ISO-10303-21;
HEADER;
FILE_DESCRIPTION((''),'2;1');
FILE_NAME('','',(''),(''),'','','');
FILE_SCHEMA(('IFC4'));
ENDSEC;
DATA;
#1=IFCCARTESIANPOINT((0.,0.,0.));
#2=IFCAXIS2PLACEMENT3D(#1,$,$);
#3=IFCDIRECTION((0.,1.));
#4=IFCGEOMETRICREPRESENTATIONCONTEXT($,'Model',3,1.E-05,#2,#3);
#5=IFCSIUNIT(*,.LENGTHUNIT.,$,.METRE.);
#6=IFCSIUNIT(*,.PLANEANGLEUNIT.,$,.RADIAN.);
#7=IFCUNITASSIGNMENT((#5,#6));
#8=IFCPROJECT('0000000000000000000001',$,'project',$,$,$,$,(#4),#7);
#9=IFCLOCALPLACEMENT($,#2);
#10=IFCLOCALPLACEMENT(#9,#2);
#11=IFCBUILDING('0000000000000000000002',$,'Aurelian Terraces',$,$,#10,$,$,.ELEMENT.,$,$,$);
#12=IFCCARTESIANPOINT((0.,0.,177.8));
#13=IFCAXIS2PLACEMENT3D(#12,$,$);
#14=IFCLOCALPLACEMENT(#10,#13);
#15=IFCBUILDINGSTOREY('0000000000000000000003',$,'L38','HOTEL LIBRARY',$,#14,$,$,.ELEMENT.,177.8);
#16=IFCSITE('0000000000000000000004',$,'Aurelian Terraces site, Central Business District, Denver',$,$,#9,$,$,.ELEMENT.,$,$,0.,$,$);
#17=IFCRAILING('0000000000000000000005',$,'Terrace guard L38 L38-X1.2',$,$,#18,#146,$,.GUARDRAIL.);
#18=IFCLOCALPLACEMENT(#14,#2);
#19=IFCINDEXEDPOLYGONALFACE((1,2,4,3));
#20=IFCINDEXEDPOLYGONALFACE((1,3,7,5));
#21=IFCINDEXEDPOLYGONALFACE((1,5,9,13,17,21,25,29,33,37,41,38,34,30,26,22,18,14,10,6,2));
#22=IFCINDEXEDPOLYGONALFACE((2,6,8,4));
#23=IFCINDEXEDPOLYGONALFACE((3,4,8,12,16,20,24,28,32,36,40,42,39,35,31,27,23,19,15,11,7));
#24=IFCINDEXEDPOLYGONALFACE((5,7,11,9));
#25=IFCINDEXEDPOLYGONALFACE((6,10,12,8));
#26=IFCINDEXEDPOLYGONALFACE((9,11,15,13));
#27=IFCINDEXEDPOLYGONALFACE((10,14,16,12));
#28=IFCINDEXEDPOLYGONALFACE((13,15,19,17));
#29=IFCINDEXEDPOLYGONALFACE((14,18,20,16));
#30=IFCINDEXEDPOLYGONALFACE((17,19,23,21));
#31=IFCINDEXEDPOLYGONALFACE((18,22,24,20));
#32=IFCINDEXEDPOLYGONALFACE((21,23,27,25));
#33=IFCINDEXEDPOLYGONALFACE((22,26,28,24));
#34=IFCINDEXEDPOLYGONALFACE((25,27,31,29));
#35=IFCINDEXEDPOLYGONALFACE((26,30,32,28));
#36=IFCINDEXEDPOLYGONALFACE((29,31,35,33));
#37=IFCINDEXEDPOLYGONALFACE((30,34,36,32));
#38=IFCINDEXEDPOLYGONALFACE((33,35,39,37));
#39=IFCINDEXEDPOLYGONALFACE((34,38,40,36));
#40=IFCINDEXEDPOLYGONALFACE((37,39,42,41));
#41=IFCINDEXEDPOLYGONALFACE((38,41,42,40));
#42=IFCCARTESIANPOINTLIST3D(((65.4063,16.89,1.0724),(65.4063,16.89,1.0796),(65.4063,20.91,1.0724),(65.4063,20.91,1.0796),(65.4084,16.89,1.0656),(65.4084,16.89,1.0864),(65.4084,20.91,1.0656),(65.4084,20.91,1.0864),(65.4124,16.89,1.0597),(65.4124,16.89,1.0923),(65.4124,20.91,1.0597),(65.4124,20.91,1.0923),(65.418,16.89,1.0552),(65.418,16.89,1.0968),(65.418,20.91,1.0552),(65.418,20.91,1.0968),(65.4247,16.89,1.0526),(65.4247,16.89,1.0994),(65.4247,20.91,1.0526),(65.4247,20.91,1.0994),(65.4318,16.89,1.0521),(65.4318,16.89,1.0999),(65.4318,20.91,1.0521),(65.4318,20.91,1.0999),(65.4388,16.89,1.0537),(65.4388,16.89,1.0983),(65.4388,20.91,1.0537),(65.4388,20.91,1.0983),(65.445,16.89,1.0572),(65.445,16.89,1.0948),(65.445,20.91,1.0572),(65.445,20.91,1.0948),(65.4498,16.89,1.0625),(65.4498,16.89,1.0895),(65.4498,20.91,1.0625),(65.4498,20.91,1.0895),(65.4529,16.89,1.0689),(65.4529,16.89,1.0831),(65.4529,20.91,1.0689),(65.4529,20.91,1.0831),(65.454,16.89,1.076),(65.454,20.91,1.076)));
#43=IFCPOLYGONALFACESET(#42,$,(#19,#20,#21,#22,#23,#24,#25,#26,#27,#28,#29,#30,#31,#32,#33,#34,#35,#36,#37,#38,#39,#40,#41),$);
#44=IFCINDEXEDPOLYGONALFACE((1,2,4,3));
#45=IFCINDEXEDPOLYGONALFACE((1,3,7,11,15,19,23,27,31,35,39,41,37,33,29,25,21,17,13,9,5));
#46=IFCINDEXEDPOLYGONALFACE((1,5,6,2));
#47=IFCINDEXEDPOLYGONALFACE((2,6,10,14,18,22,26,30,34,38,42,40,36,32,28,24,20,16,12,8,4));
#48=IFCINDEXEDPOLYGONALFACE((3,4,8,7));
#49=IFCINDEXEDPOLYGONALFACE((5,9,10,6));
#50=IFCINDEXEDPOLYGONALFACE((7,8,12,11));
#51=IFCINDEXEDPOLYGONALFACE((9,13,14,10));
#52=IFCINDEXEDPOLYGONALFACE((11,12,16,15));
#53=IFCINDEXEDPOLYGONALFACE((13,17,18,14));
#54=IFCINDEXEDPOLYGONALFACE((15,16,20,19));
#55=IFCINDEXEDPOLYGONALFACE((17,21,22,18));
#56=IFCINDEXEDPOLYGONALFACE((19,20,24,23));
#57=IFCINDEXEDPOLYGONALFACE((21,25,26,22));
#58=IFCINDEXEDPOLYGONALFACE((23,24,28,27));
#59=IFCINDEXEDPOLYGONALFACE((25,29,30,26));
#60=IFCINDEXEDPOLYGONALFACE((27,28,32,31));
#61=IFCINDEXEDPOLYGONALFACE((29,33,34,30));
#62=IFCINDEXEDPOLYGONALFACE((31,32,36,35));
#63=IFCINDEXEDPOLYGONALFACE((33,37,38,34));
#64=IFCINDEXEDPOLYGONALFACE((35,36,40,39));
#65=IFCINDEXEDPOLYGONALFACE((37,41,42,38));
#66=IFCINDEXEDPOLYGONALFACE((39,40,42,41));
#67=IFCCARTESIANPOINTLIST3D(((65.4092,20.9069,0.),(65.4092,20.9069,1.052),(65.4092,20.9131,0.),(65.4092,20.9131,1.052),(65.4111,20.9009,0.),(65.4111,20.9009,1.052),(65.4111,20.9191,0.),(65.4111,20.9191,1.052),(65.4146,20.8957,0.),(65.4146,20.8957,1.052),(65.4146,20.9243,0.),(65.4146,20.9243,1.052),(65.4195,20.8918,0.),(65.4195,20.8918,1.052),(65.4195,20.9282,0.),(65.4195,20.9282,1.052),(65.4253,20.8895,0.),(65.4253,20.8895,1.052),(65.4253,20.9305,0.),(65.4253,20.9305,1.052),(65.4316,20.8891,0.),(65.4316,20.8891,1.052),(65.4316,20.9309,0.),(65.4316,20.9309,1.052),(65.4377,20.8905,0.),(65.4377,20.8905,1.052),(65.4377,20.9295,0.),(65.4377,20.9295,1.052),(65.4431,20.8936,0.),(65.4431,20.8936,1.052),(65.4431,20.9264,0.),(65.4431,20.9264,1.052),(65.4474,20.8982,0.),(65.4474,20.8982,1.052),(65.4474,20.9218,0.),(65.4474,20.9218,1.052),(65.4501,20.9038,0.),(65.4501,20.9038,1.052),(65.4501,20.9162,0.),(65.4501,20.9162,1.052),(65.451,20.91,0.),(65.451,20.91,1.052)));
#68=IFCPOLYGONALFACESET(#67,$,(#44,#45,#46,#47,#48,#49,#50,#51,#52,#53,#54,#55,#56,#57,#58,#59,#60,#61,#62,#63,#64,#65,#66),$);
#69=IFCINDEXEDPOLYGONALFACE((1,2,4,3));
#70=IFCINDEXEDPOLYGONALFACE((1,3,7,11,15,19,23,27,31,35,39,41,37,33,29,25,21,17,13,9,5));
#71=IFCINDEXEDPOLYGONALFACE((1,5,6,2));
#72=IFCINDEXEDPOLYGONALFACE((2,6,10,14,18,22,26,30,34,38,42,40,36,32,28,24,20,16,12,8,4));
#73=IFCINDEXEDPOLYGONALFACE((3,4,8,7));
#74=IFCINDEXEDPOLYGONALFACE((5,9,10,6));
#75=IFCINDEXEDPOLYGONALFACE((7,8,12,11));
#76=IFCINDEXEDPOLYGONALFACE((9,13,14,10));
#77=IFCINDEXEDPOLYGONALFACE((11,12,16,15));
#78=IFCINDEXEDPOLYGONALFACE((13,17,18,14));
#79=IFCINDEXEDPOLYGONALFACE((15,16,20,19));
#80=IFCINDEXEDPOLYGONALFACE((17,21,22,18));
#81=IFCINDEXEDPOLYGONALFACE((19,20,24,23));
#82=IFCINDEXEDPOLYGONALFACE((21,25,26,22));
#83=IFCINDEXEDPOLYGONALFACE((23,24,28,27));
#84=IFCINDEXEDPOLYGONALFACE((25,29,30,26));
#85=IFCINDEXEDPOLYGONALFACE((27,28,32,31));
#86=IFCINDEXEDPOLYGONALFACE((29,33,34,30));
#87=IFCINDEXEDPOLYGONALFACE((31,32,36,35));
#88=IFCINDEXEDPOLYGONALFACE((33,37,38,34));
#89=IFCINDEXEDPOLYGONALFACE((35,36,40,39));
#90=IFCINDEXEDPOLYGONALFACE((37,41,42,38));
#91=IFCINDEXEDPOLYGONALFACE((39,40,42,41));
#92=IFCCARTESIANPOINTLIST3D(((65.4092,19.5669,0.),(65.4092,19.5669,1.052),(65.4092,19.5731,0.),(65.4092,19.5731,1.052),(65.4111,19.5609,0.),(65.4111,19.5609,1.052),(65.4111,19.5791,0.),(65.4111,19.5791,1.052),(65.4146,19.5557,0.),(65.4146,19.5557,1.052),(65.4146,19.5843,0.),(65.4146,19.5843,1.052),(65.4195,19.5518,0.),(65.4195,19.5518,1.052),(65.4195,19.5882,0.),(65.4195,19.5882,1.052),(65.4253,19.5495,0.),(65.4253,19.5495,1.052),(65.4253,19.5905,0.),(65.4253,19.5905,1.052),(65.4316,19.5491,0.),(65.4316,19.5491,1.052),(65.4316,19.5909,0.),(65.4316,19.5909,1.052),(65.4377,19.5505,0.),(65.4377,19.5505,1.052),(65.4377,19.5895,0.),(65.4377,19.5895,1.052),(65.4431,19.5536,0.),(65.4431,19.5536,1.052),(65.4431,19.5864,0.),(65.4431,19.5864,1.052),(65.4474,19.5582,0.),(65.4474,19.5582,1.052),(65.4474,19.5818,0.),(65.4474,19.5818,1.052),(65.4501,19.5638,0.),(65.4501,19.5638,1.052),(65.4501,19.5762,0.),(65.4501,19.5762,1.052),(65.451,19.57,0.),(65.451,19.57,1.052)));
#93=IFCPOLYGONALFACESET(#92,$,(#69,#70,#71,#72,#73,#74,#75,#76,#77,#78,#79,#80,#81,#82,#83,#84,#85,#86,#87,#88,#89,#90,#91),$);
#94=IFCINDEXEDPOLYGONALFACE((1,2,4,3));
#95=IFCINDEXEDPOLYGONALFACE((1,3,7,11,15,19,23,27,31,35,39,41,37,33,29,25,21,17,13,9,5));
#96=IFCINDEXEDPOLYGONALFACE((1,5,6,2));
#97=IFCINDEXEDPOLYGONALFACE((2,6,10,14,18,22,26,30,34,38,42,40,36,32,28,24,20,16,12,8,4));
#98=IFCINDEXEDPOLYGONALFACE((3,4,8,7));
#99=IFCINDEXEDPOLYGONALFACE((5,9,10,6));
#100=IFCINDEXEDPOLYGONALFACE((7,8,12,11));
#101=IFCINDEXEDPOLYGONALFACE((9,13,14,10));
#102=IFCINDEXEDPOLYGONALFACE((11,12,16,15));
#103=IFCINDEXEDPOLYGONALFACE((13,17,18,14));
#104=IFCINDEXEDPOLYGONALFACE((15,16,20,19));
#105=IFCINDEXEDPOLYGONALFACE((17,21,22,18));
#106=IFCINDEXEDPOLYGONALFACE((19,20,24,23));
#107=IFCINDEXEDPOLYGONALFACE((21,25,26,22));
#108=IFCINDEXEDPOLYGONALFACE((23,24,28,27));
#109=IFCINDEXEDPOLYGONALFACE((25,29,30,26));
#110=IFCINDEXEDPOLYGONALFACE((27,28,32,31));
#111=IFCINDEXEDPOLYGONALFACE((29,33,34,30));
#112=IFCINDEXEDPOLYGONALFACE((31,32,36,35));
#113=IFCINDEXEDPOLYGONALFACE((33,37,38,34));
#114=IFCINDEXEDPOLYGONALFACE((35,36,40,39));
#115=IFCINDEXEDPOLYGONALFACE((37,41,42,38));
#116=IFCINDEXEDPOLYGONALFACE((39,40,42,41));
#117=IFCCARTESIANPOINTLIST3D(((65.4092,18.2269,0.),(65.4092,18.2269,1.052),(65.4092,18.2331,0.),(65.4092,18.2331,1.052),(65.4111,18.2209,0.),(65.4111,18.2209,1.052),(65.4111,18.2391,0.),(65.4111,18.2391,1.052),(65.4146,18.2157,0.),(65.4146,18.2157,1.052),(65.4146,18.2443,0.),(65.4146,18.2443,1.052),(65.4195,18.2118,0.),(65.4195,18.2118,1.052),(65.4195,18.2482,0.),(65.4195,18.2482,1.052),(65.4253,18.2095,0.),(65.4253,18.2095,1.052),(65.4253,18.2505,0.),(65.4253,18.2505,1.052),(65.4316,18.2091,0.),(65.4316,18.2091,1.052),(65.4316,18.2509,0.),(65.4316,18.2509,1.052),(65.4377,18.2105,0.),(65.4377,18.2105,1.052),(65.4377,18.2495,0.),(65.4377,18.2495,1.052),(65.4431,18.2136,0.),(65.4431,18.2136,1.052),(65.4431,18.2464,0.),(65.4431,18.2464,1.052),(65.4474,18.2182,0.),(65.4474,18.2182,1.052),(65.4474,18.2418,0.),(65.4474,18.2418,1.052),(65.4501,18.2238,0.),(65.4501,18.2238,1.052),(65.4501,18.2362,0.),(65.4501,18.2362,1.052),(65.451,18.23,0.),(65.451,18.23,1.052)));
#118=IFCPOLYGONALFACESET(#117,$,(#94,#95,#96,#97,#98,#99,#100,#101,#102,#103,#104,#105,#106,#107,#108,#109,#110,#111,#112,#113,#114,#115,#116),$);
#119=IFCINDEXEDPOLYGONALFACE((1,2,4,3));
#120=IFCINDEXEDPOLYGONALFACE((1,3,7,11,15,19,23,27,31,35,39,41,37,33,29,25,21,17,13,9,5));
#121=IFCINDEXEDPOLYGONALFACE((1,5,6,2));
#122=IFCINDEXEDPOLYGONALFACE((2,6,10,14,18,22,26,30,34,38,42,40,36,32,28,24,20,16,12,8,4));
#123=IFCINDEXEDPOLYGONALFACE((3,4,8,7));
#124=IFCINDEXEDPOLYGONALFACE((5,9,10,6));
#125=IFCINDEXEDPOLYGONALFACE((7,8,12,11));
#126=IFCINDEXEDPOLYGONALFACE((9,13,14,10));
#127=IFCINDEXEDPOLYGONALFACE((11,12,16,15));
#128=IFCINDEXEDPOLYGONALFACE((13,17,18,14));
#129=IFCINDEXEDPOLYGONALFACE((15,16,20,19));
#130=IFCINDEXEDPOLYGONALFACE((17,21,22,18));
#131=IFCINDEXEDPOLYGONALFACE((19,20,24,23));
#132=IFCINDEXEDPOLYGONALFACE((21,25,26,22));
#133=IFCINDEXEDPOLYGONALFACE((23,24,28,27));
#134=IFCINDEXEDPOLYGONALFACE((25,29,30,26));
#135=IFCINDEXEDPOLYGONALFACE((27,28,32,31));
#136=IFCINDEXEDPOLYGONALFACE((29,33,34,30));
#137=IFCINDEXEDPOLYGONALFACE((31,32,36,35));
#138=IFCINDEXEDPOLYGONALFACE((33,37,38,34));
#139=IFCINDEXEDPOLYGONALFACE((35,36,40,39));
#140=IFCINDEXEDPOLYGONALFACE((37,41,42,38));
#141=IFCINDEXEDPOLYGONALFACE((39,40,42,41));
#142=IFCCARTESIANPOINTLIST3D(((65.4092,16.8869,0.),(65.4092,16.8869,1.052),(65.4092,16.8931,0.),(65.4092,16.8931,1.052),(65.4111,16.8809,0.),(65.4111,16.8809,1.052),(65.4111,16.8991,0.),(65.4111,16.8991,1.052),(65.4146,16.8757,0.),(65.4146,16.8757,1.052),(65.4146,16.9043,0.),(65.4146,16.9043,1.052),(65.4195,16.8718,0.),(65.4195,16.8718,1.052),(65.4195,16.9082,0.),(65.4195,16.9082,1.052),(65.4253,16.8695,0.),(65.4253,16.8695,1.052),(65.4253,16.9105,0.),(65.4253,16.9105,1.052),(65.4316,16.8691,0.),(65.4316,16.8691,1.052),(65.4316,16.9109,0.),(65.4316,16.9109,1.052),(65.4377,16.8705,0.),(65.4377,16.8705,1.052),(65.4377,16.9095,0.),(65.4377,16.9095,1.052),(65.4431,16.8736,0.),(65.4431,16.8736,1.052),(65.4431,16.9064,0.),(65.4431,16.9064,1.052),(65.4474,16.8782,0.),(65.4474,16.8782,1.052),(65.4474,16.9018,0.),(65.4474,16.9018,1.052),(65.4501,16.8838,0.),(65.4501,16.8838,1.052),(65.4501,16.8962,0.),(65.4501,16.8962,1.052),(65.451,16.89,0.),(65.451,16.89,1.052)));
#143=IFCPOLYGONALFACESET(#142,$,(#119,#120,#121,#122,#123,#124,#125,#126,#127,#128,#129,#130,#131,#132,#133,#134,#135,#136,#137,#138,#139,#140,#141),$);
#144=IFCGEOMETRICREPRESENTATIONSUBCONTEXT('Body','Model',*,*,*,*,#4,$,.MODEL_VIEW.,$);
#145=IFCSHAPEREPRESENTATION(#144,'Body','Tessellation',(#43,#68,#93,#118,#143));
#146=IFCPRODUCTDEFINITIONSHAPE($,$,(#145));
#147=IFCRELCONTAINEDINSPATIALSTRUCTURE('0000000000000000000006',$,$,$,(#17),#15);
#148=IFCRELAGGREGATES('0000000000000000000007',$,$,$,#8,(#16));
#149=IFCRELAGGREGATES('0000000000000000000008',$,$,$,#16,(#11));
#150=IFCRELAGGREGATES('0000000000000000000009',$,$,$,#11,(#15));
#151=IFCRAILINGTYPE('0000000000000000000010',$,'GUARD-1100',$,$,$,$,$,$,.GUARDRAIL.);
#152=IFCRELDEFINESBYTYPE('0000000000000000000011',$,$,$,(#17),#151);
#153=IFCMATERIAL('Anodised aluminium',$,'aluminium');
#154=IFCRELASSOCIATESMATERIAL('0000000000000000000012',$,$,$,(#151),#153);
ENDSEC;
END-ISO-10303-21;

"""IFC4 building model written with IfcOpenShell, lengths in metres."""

from ifc_helpers import new_model, si_unit, direction, frame, origin, origin_2d, place, context, subcontext, project, spatial, circle, extrude, material, type_object, element, save


model = new_model("IFC4")

# Units and contexts
model_context = context("Model", 3, precision=1e-05, world=origin(), true_north=direction((0.0, 1.0)))
body_context = subcontext(model_context, "Body", "Model", "MODEL_VIEW")
ifc_project = project(units=[si_unit("LENGTHUNIT", "METRE"), si_unit("PLANEANGLEUNIT", "RADIAN")], contexts=[model_context])

# Site, building, storey
site_placement = place(None, origin())
site = spatial("IfcSite", under=ifc_project, at=site_placement, Name="Aurelian Terraces site, Central Business District, Denver", CompositionType="ELEMENT", RefElevation=0.0)
building_placement = place(site_placement, origin())
building = spatial("IfcBuilding", under=site, at=building_placement, Name="Aurelian Terraces", CompositionType="ELEMENT")
storey_placement = place(building_placement, frame((0.0, 0.0, 177.8)))
storey = spatial("IfcBuildingStorey", under=building, at=storey_placement, Name="L38", Description="HOTEL LIBRARY", CompositionType="ELEMENT", Elevation=177.8)

# Railing
ifc_material_1 = material(Name="Anodised aluminium", Category="aluminium")
railing_type = type_object("IfcRailingType", Name="GUARD-1100", PredefinedType="GUARDRAIL", material=ifc_material_1)
railing_1_placement = place(storey_placement, frame((65.43, 20.91, 0.0)))
element("IfcRailing", 1, at=railing_1_placement, inside=storey, type_object=railing_type, Name="Terrace guard L38 L38-X1.2", PredefinedType="GUARDRAIL", context=body_context, shape_type="SweptSolid", body=[
    extrude(circle(Radius=0.024, at=origin_2d()), frame((0.0, 0.0, 1.076), z_axis=(0.0, -1.0, 0.0), x_axis=(1.0, 0.0, 0.0)), (0.0, 0.0, 1.0), 4.02),
    extrude(circle(Radius=0.021, at=origin_2d()), origin(), (0.0, 0.0, 1.0), 1.052),
    extrude(circle(Radius=0.021, at=origin_2d()), frame((0.0, -1.34, 0.0)), (0.0, 0.0, 1.0), 1.052),
    extrude(circle(Radius=0.021, at=origin_2d()), frame((0.0, -2.68, 0.0)), (0.0, 0.0, 1.0), 1.052),
    extrude(circle(Radius=0.021, at=origin_2d()), frame((0.0, -4.02, 0.0)), (0.0, 0.0, 1.0), 1.052),
])

save(model, "model.ifc")
